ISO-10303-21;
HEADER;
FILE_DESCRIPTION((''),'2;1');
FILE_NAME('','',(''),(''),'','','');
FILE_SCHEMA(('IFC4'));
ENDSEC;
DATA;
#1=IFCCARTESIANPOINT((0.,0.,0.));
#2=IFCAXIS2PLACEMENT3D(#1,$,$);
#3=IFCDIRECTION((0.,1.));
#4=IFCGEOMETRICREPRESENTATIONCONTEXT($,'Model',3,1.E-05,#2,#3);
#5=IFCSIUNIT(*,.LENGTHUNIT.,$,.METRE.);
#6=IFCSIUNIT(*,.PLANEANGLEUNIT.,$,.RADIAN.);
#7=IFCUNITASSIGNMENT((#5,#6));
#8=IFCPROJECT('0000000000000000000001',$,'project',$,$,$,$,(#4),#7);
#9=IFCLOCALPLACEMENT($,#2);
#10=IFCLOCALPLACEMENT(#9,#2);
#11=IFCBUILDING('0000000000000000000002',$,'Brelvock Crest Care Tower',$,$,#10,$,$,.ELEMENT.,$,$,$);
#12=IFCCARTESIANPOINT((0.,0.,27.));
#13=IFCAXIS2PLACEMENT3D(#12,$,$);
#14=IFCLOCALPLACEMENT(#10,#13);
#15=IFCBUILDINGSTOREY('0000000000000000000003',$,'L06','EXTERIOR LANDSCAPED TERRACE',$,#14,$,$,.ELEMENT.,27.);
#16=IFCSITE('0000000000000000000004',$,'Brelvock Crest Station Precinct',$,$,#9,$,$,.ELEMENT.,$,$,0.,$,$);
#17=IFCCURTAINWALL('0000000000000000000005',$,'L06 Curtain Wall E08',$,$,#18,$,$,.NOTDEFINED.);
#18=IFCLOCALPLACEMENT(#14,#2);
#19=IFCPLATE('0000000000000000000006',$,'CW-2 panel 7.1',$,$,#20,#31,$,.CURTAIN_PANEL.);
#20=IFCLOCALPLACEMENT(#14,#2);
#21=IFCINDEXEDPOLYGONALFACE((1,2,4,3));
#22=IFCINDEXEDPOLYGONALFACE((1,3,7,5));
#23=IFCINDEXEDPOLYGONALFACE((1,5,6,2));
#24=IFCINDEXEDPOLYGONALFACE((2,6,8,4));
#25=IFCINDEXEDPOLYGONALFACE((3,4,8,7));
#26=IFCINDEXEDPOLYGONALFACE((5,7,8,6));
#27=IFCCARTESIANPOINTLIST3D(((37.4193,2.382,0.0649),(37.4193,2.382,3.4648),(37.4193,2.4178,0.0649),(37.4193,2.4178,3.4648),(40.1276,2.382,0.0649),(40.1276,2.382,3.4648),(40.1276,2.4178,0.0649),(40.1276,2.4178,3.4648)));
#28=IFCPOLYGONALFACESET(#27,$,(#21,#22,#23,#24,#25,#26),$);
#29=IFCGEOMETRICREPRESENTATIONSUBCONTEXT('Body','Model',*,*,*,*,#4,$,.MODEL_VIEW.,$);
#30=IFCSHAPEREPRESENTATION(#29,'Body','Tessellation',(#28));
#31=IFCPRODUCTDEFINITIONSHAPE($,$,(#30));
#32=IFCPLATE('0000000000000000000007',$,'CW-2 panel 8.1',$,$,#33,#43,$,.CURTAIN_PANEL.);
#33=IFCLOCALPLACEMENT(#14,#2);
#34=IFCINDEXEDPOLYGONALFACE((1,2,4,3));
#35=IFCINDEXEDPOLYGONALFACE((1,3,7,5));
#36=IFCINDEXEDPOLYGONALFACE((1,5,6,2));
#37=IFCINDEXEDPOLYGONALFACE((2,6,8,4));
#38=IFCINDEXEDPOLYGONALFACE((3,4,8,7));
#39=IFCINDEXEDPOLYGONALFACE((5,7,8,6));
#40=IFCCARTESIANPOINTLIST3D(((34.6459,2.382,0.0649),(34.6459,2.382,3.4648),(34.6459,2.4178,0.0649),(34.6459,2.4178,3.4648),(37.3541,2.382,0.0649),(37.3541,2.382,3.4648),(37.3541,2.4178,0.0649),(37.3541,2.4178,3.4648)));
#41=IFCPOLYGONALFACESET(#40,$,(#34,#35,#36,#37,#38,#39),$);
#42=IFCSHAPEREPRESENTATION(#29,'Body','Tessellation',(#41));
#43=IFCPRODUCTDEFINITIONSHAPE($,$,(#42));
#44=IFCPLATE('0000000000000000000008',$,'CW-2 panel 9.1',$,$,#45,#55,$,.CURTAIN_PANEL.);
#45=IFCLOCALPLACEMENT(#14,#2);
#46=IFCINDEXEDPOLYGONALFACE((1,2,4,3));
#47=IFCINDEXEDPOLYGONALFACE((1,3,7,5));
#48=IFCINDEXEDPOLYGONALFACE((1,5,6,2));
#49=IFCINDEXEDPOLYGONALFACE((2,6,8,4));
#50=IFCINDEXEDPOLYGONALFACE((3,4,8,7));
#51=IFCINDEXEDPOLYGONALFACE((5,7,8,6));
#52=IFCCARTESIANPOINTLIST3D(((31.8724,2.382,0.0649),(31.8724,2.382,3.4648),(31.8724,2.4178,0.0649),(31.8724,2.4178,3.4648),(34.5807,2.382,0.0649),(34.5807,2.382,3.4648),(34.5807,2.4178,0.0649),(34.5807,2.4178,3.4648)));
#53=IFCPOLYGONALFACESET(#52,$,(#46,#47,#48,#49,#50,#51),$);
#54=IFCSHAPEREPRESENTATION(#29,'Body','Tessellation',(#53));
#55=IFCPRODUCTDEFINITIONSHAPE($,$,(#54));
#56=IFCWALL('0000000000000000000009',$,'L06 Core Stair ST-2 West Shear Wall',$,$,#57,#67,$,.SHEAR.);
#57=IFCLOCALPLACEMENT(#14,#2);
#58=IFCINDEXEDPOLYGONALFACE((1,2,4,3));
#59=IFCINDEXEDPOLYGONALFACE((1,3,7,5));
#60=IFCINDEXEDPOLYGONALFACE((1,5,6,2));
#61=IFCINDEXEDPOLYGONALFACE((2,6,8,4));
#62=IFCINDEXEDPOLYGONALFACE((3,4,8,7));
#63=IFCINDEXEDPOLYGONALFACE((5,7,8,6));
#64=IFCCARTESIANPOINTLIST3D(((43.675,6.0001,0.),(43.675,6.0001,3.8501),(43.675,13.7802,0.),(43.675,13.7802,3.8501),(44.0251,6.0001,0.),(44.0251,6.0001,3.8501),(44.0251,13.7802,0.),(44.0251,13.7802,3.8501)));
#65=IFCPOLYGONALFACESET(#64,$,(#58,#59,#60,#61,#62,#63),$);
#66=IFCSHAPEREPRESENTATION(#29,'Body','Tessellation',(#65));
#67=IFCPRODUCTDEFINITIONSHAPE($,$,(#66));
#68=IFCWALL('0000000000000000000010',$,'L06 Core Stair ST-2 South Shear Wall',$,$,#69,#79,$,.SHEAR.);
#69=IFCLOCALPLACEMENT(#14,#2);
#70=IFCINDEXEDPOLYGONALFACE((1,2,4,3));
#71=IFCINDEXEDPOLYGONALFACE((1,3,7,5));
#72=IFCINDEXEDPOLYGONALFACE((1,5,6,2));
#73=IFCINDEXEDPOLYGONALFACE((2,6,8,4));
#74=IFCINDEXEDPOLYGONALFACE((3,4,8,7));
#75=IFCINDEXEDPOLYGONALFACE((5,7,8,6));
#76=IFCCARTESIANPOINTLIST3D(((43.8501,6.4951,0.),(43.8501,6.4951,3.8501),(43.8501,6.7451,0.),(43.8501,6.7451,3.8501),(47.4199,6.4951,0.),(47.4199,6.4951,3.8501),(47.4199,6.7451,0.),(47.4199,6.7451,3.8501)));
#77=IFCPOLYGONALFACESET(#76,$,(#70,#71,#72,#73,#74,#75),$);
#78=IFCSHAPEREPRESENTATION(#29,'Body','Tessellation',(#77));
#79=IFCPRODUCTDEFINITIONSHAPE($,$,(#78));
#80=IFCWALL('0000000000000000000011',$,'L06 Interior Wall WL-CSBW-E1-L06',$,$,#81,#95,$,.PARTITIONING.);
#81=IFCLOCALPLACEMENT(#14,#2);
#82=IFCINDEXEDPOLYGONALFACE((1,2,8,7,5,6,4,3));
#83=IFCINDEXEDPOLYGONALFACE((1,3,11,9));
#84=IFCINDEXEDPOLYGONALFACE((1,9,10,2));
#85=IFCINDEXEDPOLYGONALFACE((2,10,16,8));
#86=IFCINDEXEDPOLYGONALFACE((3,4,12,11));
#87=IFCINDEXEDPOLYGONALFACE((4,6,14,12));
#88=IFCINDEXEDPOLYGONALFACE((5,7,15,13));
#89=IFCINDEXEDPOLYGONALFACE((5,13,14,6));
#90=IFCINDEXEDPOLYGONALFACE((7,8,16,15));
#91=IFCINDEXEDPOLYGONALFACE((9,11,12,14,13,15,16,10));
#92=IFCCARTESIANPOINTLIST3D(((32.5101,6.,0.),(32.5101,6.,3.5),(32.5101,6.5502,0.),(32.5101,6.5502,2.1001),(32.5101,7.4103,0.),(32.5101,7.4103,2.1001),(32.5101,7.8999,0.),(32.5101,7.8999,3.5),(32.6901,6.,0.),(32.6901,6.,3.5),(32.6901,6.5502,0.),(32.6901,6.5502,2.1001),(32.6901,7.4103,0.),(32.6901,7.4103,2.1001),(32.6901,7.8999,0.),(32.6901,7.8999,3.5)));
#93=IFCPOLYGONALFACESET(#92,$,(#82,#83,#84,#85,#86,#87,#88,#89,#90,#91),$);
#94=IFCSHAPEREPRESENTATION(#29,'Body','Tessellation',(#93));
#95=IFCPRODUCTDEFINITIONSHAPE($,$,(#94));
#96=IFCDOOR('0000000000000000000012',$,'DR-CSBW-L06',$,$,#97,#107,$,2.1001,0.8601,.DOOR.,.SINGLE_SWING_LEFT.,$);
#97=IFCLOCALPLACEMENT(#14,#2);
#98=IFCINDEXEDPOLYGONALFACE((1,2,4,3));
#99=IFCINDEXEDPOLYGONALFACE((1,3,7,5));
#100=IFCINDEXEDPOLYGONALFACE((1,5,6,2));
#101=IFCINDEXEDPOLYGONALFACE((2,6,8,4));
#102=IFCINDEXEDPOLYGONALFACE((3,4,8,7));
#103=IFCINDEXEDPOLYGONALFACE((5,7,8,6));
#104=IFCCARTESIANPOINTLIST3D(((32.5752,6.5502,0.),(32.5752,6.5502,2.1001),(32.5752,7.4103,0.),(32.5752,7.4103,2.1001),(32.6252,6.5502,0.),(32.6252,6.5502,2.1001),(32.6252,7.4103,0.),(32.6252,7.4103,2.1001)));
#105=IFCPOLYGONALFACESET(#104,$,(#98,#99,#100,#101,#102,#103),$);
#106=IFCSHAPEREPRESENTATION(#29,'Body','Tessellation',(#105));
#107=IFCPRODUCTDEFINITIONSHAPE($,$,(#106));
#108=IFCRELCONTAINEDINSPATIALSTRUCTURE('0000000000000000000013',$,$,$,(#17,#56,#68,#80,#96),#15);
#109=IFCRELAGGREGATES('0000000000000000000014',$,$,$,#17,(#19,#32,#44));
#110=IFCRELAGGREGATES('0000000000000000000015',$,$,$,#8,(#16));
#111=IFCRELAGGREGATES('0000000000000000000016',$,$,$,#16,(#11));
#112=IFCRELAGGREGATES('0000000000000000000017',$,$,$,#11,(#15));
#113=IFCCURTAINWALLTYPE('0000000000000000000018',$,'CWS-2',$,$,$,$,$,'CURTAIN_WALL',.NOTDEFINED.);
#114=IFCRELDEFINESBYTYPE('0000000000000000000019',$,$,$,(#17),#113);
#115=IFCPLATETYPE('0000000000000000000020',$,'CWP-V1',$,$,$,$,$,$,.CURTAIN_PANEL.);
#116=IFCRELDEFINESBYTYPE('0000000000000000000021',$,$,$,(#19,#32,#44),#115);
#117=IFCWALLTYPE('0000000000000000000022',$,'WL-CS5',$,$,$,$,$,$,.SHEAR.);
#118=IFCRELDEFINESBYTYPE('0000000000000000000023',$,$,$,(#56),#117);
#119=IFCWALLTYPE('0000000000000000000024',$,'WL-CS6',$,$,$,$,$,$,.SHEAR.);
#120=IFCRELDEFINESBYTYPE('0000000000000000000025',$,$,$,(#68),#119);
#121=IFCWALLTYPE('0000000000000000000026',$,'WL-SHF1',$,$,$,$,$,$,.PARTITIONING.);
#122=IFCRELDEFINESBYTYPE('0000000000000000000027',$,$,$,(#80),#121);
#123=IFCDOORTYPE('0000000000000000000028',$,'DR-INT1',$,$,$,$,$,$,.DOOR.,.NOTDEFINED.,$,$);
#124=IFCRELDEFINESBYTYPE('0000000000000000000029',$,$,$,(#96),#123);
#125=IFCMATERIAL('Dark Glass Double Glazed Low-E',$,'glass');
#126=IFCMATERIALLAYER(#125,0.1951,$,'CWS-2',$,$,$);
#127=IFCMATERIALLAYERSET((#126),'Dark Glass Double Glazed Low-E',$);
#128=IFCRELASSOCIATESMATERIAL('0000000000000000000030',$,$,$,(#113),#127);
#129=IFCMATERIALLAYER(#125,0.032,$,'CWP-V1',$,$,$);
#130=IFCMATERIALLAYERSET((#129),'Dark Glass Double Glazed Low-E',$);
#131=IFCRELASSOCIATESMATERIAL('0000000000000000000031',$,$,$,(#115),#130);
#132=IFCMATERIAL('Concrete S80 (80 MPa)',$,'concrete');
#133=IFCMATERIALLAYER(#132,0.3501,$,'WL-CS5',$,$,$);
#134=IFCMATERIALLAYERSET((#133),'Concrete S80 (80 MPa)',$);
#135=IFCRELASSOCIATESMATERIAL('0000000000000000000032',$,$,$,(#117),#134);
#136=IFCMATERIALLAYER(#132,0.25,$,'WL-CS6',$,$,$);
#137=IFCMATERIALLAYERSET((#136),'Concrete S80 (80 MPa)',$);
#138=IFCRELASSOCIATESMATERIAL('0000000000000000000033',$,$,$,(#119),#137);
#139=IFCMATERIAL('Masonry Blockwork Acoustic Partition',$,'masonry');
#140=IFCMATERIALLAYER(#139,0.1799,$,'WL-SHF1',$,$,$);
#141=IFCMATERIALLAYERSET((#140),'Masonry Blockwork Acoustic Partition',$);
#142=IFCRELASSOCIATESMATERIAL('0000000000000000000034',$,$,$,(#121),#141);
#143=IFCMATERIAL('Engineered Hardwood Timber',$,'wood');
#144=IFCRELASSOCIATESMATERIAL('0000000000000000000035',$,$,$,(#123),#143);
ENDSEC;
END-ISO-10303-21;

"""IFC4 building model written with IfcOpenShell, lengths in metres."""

from ifc_helpers import new_model, si_unit, direction, frame, frame_2d, origin, origin_2d, place, context, subcontext, project, spatial, rectangle, extrude, source, transform, mapped, material, layer, layer_set, type_object, element, fill, aggregate, save


model = new_model("IFC4")

# Units and contexts
model_context = context("Model", 3, precision=1e-05, world=origin(), true_north=direction((0.0, 1.0)))
body_context = subcontext(model_context, "Body", "Model", "MODEL_VIEW")
ifc_project = project(units=[si_unit("LENGTHUNIT", "METRE"), si_unit("PLANEANGLEUNIT", "RADIAN")], contexts=[model_context])

# Site, building, storey
site_placement = place(None, origin())
site = spatial("IfcSite", under=ifc_project, at=site_placement, Name="Brelvock Crest Station Precinct", CompositionType="ELEMENT", RefElevation=0.0)
building_placement = place(site_placement, origin())
building = spatial("IfcBuilding", under=site, at=building_placement, Name="Brelvock Crest Care Tower", CompositionType="ELEMENT")
storey_placement = place(building_placement, frame((0.0, 0.0, 27.0)))
storey = spatial("IfcBuildingStorey", under=building, at=storey_placement, Name="L06", Description="EXTERIOR LANDSCAPED TERRACE", CompositionType="ELEMENT", Elevation=27.0)

# Shared definitions
ifc_material_1 = material(Name="Concrete S80 (80 MPa)", Category="concrete")

# Curtain wall, plates
ifc_material_2 = material(Name="Dark Glass Double Glazed Low-E", Category="glass")
ifc_layer_1 = layer(ifc_material_2, 0.1951, Name="CWS-2")
ifc_layer_set_1 = layer_set([ifc_layer_1], Name="Dark Glass Double Glazed Low-E")
curtain_wall_type = type_object("IfcCurtainWallType", Name="CWS-2", ElementType="CURTAIN_WALL", PredefinedType="NOTDEFINED", material=ifc_layer_set_1)
curtain_wall_placement = place(storey_placement, origin())
curtain_wall = element("IfcCurtainWall", 1, at=curtain_wall_placement, inside=storey, type_object=curtain_wall_type, Name="L06 Curtain Wall E08", PredefinedType="NOTDEFINED")
ifc_layer_2 = layer(ifc_material_2, 0.032, Name="CWP-V1")
ifc_layer_set_2 = layer_set([ifc_layer_2], Name="Dark Glass Double Glazed Low-E")
plate_type = type_object("IfcPlateType", Name="CWP-V1", PredefinedType="CURTAIN_PANEL", material=ifc_layer_set_2)
shared_shape_1 = source(origin(), body_context, "Body", "SweptSolid", [
    extrude(rectangle(XDim=2.7083, YDim=0.0359, at=origin_2d()), origin(), (0.0, 0.0, 1.0), 3.3999),
])
plate_1_placement = place(storey_placement, frame((38.7734, 2.3999, 0.0649), z_axis=(0.0, 0.0, 1.0), x_axis=(-1.0, 0.0, 0.0)))
plate_1 = element("IfcPlate", 2, at=plate_1_placement, type_object=plate_type, Name="CW-2 panel 7.1", PredefinedType="CURTAIN_PANEL", context=body_context, shape_type="MappedRepresentation", body=[
    mapped(shared_shape_1, transform((0.0, 0.0, 0.0), x_axis=(1.0, 0.0, 0.0), y_axis=(0.0, 1.0, 0.0), z_axis=(0.0, 0.0, 1.0), scale=1.0)),
])
plate_2_placement = place(storey_placement, frame((36.0, 2.3999, 0.0649), z_axis=(0.0, 0.0, 1.0), x_axis=(-1.0, 0.0, 0.0)))
plate_2 = element("IfcPlate", 3, at=plate_2_placement, type_object=plate_type, Name="CW-2 panel 8.1", PredefinedType="CURTAIN_PANEL", context=body_context, shape_type="MappedRepresentation", body=[
    mapped(shared_shape_1, transform((0.0, 0.0, 0.0), x_axis=(1.0, 0.0, 0.0), y_axis=(0.0, 1.0, 0.0), z_axis=(0.0, 0.0, 1.0), scale=1.0)),
])
plate_3_placement = place(storey_placement, frame((33.2266, 2.3999, 0.0649), z_axis=(0.0, 0.0, 1.0), x_axis=(-1.0, 0.0, 0.0)))
plate_3 = element("IfcPlate", 4, at=plate_3_placement, type_object=plate_type, Name="CW-2 panel 9.1", PredefinedType="CURTAIN_PANEL", context=body_context, shape_type="MappedRepresentation", body=[
    mapped(shared_shape_1, transform((0.0, 0.0, 0.0), x_axis=(1.0, 0.0, 0.0), y_axis=(0.0, 1.0, 0.0), z_axis=(0.0, 0.0, 1.0), scale=1.0)),
])
aggregate(curtain_wall, [plate_1, plate_2, plate_3])

# Walls
ifc_layer_3 = layer(ifc_material_1, 0.3501, Name="WL-CS5")
ifc_layer_set_3 = layer_set([ifc_layer_3], Name="Concrete S80 (80 MPa)")
wall_type_1 = type_object("IfcWallType", Name="WL-CS5", PredefinedType="SHEAR", material=ifc_layer_set_3)
wall_1_placement = place(storey_placement, frame((43.8501, 6.0, 0.0), z_axis=(0.0, 0.0, 1.0), x_axis=(0.0, 1.0, 0.0)))
element("IfcWall", 5, at=wall_1_placement, inside=storey, type_object=wall_type_1, Name="L06 Core Stair ST-2 West Shear Wall", PredefinedType="SHEAR", context=body_context, shape_type="SweptSolid", body=[
    extrude(rectangle(XDim=7.78, YDim=0.3501, at=frame_2d((3.8901, 0.0))), origin(), (0.0, 0.0, 1.0), 3.8501),
])
ifc_layer_4 = layer(ifc_material_1, 0.25, Name="WL-CS6")
ifc_layer_set_4 = layer_set([ifc_layer_4], Name="Concrete S80 (80 MPa)")
wall_type_2 = type_object("IfcWallType", Name="WL-CS6", PredefinedType="SHEAR", material=ifc_layer_set_4)
wall_2_placement = place(storey_placement, frame((43.8501, 6.6201, 0.0), z_axis=(0.0, 0.0, 1.0), x_axis=(1.0, 0.0, 0.0)))
element("IfcWall", 6, at=wall_2_placement, inside=storey, type_object=wall_type_2, Name="L06 Core Stair ST-2 South Shear Wall", PredefinedType="SHEAR", context=body_context, shape_type="SweptSolid", body=[
    extrude(rectangle(XDim=3.5698, YDim=0.25, at=frame_2d((1.7849, 0.0))), origin(), (0.0, 0.0, 1.0), 3.8501),
])

# Wall, opening, door
ifc_material_3 = material(Name="Masonry Blockwork Acoustic Partition", Category="masonry")
ifc_layer_5 = layer(ifc_material_3, 0.1799, Name="WL-SHF1")
ifc_layer_set_5 = layer_set([ifc_layer_5], Name="Masonry Blockwork Acoustic Partition")
wall_type_3 = type_object("IfcWallType", Name="WL-SHF1", PredefinedType="PARTITIONING", material=ifc_layer_set_5)
wall_3_placement = place(storey_placement, frame((32.6001, 6.0, 0.0), z_axis=(0.0, 0.0, 1.0), x_axis=(0.0, 1.0, 0.0)))
wall_3 = element("IfcWall", 7, at=wall_3_placement, inside=storey, type_object=wall_type_3, Name="L06 Interior Wall WL-CSBW-E1-L06", PredefinedType="PARTITIONING", context=body_context, shape_type="SweptSolid", body=[
    extrude(rectangle(XDim=1.8999, YDim=0.1799, at=frame_2d((0.95, 0.0))), origin(), (0.0, 0.0, 1.0), 3.5),
])
opening_placement = place(wall_3_placement, frame((0.55, 0.0, 0.0)))
opening = element("IfcOpeningElement", 8, at=opening_placement, cuts=wall_3, PredefinedType="OPENING", context=body_context, shape_type="SweptSolid", body=[
    extrude(rectangle(XDim=0.8601, YDim=2.1001, at=origin_2d()), frame((0.4302, 0.1001, 1.05), z_axis=(0.0, -1.0, 0.0), x_axis=(1.0, 0.0, 0.0)), (0.0, 0.0, 1.0), 0.2),
])
ifc_material_4 = material(Name="Engineered Hardwood Timber", Category="wood")
door_type = type_object("IfcDoorType", Name="DR-INT1", OperationType="NOTDEFINED", PredefinedType="DOOR", material=ifc_material_4)
shared_shape_2 = source(origin(), body_context, "Body", "SweptSolid", [
    extrude(rectangle(XDim=0.8601, YDim=2.1001, at=origin_2d()), frame((0.4302, 0.0249, 1.05), z_axis=(0.0, -1.0, 0.0), x_axis=(1.0, 0.0, 0.0)), (0.0, 0.0, 1.0), 0.05),
])
door_placement = place(opening_placement, origin())
door = element("IfcDoor", 9, at=door_placement, inside=storey, type_object=door_type, Name="DR-CSBW-L06", OperationType="SINGLE_SWING_LEFT", OverallHeight=2.1001, OverallWidth=0.8601, PredefinedType="DOOR", context=body_context, shape_type="MappedRepresentation", body=[
    mapped(shared_shape_2, transform((0.0, 0.0, 0.0), x_axis=(1.0, 0.0, 0.0), y_axis=(0.0, 1.0, 0.0), z_axis=(0.0, 0.0, 1.0), scale=1.0)),
])
fill(opening, door)

save(model, "model.ifc")
